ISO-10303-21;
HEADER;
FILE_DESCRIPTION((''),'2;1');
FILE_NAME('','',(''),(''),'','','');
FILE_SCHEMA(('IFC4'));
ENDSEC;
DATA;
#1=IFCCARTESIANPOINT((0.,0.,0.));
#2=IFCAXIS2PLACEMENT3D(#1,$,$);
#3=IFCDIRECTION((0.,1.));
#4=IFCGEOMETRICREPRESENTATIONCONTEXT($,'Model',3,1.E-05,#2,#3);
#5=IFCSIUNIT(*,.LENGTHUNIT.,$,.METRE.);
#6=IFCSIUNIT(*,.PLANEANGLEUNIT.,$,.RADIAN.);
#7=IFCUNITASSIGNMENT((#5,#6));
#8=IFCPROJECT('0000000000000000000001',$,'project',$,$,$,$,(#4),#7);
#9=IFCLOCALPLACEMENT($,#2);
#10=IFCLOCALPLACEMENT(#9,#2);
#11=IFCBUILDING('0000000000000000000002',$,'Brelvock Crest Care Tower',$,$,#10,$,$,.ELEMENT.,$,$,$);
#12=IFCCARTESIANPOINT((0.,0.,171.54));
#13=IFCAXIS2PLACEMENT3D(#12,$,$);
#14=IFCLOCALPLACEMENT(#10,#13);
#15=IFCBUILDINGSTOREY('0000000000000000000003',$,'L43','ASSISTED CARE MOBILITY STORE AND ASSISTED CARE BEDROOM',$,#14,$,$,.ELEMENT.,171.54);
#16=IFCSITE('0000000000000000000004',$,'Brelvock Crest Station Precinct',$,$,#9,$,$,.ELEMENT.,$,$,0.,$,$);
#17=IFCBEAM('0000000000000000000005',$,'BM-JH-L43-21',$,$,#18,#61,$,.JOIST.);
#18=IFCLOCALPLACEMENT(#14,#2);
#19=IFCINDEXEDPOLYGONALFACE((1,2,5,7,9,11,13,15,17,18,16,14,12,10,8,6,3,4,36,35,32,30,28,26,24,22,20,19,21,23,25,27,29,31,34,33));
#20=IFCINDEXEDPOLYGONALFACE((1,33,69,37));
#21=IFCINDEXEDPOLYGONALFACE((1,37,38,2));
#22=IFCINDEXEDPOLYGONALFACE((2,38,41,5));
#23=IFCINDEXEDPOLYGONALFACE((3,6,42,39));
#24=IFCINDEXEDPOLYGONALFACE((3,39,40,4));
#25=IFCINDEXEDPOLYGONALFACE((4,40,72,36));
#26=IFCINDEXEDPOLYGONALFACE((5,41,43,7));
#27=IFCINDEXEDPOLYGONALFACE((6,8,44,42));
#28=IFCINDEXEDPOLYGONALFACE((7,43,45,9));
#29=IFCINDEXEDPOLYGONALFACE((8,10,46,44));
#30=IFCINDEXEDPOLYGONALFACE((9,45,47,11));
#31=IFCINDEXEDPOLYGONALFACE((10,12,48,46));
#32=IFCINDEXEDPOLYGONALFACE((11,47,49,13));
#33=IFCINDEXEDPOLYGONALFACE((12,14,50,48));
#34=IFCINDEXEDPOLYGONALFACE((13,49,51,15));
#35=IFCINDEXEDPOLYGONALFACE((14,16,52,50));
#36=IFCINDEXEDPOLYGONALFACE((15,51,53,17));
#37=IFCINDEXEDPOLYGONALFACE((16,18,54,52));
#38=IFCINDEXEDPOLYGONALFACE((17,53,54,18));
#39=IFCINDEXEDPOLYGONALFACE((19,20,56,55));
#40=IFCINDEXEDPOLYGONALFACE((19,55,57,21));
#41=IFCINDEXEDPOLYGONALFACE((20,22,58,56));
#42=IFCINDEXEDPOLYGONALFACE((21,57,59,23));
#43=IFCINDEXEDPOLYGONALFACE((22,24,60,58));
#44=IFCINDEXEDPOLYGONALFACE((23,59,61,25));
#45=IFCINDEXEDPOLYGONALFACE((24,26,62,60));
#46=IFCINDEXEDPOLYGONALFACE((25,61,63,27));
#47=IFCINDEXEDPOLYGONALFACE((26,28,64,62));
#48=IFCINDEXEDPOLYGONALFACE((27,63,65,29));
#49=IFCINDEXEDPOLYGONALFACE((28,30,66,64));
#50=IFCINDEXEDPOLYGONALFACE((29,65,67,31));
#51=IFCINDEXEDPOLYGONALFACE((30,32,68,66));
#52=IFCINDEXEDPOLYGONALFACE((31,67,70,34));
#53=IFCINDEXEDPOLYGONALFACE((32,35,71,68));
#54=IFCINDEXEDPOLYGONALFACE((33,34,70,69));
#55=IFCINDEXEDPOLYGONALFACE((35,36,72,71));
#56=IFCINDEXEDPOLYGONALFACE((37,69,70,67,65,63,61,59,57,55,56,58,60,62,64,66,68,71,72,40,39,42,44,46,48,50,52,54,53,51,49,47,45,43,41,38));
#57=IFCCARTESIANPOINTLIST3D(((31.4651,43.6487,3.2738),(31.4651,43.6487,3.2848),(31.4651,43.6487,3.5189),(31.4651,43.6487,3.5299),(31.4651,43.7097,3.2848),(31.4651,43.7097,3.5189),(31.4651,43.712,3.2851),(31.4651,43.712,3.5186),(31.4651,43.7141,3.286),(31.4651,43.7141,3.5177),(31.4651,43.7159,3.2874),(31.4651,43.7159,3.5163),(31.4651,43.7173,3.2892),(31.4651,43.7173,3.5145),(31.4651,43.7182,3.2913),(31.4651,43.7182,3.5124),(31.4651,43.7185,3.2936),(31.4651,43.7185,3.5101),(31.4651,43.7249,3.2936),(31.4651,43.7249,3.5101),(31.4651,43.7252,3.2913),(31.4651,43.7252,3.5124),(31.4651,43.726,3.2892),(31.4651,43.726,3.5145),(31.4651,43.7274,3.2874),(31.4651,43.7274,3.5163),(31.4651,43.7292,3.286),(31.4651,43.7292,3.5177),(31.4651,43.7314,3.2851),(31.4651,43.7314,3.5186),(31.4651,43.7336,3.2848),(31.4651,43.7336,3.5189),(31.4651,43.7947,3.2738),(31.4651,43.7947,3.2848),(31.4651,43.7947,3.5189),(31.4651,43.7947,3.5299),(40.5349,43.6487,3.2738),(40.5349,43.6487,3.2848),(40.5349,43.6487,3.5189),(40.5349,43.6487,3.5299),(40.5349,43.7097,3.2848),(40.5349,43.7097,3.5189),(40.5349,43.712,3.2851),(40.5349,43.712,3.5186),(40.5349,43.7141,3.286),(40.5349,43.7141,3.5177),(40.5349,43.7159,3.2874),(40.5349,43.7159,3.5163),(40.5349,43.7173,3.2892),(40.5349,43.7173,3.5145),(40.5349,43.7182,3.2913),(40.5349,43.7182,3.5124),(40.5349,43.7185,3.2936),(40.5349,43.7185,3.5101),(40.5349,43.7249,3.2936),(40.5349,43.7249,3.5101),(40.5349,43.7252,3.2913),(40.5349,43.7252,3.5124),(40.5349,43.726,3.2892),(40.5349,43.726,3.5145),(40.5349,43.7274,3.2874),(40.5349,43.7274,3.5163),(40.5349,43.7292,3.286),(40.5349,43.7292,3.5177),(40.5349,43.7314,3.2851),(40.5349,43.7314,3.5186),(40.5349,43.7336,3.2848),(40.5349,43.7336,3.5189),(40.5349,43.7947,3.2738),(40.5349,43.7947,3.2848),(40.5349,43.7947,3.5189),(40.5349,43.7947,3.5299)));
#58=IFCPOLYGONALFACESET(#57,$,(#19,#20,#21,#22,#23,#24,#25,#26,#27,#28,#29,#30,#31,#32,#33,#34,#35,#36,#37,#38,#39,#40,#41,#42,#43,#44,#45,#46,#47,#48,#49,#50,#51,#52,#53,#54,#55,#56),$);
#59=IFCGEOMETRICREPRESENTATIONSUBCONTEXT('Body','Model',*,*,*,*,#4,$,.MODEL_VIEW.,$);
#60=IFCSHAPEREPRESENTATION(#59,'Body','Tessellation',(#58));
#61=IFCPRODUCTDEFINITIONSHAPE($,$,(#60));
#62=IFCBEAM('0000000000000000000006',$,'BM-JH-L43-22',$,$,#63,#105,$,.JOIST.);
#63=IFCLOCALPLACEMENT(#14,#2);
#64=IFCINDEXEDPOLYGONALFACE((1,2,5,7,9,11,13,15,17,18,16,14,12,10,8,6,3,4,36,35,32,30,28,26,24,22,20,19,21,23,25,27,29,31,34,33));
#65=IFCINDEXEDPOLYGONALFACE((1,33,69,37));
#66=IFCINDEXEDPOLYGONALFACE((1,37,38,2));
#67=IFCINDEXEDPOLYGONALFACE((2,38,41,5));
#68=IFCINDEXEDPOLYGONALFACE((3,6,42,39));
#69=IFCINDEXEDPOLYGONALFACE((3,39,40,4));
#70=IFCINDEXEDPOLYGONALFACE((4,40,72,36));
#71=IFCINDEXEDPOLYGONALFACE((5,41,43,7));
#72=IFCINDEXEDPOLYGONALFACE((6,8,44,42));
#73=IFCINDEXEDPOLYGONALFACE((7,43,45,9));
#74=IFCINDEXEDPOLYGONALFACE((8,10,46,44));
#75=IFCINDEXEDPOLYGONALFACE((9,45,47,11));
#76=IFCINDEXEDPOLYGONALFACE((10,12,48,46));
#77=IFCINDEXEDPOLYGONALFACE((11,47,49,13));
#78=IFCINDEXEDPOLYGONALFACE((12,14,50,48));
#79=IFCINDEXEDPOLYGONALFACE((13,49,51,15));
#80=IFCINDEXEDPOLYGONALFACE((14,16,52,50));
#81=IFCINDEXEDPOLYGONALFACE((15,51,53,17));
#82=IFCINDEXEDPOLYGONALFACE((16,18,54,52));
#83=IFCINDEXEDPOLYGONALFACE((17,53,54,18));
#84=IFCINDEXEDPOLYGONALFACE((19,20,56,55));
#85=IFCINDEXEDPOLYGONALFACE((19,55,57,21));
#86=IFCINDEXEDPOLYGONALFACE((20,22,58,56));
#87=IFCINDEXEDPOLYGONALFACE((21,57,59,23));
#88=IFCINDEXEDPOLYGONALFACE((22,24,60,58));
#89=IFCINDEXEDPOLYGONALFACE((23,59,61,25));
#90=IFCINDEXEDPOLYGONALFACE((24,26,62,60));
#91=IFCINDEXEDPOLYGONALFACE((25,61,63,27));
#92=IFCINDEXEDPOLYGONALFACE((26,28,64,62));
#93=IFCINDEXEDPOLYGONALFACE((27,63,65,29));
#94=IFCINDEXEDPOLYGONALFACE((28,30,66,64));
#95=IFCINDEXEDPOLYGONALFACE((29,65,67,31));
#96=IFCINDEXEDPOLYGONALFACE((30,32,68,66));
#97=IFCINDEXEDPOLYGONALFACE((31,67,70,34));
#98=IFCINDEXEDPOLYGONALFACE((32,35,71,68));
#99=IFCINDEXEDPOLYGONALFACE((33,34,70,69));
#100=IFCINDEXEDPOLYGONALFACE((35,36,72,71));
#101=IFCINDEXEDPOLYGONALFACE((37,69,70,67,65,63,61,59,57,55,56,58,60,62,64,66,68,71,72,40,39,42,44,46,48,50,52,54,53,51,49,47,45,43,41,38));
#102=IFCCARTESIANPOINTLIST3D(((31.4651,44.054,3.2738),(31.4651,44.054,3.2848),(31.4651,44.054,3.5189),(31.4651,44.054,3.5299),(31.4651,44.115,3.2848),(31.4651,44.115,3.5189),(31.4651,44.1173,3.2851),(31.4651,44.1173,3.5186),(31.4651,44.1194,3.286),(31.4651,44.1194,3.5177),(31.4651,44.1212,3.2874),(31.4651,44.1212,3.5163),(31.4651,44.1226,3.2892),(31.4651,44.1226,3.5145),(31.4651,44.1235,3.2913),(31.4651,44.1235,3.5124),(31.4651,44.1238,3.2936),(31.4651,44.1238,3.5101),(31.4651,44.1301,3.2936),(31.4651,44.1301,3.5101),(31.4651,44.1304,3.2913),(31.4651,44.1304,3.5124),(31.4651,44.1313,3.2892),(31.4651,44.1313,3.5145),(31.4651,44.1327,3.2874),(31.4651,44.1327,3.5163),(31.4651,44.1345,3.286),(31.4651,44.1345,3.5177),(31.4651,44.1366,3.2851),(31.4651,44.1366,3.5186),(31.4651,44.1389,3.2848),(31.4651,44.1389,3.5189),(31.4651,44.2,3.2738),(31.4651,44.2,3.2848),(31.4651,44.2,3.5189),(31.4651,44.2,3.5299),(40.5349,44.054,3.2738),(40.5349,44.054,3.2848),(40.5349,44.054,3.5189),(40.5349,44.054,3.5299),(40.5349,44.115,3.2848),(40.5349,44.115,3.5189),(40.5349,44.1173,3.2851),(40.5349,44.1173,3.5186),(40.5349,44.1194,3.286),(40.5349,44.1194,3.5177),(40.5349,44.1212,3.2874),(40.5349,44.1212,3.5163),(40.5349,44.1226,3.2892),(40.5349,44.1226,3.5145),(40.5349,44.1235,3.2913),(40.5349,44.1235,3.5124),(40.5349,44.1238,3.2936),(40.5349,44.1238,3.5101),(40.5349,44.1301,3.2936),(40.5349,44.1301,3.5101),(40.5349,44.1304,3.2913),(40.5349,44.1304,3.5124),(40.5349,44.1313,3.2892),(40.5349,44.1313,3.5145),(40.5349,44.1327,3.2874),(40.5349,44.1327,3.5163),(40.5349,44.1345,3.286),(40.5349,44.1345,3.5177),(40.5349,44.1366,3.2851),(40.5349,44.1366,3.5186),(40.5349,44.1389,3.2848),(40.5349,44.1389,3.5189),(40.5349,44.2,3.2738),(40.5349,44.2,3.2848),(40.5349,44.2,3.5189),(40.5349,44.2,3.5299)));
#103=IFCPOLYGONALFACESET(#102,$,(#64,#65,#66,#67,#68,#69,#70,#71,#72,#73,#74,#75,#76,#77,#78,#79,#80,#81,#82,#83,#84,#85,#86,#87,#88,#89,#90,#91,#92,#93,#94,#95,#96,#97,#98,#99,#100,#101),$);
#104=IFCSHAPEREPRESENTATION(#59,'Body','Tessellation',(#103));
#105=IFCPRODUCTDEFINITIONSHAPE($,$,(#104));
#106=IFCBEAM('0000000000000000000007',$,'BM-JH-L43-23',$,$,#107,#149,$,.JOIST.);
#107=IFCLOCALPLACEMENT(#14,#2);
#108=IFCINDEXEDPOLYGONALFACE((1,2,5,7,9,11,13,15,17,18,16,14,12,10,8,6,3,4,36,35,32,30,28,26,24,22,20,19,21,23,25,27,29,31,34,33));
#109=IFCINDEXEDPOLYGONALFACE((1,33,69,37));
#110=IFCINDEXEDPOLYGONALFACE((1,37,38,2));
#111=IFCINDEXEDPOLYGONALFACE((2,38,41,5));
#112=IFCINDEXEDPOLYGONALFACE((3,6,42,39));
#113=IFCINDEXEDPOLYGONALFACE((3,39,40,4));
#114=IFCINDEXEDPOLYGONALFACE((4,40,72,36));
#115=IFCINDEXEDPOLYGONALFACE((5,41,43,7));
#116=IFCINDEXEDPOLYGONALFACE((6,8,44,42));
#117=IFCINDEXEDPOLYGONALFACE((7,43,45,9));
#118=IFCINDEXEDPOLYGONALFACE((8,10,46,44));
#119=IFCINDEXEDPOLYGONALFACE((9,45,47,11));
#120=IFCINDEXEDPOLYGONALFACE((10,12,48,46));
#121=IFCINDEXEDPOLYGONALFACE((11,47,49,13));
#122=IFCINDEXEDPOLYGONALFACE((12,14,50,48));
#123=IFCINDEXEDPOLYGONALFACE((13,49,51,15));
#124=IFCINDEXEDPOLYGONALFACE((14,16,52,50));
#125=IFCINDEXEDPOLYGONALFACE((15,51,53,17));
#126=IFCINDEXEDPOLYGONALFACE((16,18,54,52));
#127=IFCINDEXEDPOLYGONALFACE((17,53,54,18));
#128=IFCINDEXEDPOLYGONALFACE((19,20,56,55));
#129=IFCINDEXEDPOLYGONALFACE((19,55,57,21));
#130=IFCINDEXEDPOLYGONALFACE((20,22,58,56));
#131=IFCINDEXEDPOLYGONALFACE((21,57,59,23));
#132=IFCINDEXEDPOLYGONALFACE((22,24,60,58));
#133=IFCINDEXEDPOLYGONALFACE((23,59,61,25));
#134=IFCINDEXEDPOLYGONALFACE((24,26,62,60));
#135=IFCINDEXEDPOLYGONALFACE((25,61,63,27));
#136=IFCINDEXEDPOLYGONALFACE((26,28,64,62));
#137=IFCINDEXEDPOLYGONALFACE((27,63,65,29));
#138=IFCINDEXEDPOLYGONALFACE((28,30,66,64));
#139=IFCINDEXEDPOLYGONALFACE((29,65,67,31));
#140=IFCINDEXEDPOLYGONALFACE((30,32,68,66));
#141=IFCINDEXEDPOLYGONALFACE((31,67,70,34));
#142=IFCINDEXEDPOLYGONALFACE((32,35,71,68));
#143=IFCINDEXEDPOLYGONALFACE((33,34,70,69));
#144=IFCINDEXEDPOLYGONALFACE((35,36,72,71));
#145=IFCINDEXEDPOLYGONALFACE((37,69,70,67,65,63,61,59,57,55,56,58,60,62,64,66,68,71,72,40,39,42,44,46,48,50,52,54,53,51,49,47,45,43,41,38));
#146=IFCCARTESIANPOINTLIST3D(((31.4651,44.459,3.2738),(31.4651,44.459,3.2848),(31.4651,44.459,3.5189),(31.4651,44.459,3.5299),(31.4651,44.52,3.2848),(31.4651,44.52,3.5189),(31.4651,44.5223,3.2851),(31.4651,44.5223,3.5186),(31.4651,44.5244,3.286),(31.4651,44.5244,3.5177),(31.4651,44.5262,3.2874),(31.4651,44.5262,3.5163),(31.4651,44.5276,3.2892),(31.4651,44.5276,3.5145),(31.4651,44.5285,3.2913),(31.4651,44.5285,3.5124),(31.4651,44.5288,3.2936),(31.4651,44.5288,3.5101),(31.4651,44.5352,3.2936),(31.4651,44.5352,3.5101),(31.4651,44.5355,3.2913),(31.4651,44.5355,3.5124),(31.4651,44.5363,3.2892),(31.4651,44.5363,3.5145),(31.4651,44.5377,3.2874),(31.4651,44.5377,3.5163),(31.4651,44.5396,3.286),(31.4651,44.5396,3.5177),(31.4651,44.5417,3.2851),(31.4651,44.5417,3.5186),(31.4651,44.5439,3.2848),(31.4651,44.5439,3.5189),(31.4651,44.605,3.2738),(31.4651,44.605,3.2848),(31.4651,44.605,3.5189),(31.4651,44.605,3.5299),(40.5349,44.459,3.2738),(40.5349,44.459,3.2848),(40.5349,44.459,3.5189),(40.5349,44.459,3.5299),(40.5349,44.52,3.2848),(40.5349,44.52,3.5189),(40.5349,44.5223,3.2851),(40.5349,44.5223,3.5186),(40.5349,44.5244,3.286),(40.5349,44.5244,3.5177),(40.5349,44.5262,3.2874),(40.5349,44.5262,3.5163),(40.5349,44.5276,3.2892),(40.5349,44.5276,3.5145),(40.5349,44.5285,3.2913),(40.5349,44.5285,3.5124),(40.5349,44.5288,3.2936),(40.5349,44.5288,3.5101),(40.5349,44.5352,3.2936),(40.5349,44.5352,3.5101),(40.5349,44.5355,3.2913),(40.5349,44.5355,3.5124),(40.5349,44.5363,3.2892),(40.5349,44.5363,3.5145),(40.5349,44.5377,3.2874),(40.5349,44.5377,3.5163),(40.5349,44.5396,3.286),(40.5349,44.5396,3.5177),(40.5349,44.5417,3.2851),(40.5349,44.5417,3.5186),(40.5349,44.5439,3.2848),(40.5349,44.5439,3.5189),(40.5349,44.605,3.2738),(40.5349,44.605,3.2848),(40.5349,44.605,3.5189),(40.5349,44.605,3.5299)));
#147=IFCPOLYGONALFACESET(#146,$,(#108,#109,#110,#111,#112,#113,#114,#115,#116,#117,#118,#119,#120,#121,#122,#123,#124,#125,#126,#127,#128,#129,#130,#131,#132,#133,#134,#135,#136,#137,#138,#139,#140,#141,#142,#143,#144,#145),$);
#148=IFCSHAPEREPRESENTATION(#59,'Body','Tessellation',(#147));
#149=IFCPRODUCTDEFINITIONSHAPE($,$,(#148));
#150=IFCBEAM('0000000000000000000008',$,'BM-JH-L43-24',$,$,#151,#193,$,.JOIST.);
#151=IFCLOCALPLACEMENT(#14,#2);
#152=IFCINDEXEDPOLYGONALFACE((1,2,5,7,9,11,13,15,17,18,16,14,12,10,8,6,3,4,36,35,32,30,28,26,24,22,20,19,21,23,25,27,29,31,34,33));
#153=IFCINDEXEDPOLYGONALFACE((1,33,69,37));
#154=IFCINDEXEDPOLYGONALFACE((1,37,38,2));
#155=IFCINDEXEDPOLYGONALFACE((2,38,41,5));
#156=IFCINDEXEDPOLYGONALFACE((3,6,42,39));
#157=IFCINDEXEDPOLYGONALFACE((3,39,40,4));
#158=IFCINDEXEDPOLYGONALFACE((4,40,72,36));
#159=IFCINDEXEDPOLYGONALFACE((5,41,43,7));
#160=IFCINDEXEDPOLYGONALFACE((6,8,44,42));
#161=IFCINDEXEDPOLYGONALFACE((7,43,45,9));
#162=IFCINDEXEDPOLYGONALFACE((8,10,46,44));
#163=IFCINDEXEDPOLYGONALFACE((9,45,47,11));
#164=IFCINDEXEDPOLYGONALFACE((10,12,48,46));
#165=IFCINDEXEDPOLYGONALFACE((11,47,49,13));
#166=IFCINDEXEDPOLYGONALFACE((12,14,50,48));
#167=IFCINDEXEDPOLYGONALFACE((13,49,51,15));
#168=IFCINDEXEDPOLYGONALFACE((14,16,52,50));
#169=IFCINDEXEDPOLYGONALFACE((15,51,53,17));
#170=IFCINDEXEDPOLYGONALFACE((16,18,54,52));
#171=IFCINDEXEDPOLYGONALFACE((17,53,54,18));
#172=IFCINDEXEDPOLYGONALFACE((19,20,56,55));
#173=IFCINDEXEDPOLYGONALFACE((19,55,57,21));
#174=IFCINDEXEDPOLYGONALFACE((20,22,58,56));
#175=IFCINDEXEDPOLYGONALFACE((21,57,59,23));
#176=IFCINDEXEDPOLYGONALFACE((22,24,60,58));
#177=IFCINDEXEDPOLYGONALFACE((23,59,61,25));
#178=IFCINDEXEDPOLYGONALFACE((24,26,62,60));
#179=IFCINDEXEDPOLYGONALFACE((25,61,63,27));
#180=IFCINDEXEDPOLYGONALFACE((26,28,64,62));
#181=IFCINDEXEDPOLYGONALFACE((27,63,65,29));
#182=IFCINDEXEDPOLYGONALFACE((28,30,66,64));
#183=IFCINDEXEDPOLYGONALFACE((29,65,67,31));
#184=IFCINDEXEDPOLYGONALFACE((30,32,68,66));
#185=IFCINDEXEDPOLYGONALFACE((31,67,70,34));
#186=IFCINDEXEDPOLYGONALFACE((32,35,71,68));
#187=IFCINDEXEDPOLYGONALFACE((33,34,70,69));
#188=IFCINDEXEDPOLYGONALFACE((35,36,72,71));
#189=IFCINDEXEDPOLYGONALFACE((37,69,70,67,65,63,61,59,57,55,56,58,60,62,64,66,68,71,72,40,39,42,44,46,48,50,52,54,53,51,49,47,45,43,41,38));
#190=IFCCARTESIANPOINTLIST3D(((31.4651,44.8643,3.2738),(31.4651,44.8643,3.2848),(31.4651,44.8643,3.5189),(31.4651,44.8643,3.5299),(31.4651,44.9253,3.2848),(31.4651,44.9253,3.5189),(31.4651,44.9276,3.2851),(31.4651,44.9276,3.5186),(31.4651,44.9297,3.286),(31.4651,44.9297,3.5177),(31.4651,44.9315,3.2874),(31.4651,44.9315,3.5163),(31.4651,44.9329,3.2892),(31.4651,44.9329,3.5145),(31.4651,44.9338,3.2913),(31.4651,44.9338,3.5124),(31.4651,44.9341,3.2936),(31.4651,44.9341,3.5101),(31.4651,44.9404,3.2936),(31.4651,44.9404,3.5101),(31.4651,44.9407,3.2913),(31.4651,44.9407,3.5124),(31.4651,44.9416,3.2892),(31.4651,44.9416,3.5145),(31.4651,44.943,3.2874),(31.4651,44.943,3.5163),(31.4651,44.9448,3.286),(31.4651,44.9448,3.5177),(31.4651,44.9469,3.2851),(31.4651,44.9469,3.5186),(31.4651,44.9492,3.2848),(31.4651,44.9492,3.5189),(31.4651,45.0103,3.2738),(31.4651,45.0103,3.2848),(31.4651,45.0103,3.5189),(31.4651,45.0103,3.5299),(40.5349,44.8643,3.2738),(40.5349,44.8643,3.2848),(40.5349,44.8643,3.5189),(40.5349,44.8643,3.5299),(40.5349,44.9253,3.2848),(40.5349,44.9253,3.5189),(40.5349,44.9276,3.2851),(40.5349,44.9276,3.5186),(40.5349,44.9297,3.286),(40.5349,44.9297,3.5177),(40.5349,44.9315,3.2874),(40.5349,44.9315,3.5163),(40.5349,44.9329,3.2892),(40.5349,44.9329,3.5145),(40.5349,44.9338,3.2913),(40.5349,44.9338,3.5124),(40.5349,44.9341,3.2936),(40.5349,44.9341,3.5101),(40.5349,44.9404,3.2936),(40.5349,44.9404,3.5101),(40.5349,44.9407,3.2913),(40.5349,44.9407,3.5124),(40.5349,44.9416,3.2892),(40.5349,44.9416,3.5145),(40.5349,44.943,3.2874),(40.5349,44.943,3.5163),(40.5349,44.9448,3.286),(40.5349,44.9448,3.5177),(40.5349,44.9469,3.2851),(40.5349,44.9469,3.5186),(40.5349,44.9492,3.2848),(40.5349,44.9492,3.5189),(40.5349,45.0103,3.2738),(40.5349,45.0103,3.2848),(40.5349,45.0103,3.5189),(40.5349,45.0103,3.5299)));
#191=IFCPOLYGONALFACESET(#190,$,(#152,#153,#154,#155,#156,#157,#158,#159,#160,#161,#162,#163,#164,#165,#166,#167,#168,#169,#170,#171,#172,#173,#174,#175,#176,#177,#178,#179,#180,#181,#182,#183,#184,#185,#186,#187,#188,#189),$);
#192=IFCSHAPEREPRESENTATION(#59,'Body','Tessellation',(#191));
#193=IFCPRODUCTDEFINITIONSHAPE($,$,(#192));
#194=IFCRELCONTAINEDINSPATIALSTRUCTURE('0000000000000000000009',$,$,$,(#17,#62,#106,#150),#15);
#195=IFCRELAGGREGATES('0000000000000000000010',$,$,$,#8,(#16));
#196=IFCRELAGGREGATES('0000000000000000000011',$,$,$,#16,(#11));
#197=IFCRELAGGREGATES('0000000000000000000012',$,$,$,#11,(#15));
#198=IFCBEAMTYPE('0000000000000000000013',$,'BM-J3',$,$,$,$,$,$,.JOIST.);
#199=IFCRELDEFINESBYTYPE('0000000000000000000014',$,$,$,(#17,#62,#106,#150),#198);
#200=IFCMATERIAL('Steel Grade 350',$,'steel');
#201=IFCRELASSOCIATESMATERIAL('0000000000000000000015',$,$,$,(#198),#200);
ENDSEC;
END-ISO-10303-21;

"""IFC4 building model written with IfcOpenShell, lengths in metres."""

from ifc_helpers import new_model, si_unit, direction, frame, origin, origin_2d, place, context, subcontext, project, spatial, i_section, extrude, source, transform, mapped, material, material_profile, profile_set, type_object, element, save


model = new_model("IFC4")

# Units and contexts
model_context = context("Model", 3, precision=1e-05, world=origin(), true_north=direction((0.0, 1.0)))
body_context = subcontext(model_context, "Body", "Model", "MODEL_VIEW")
ifc_project = project(units=[si_unit("LENGTHUNIT", "METRE"), si_unit("PLANEANGLEUNIT", "RADIAN")], contexts=[model_context])

# Site, building, storey
site_placement = place(None, origin())
site = spatial("IfcSite", under=ifc_project, at=site_placement, Name="Brelvock Crest Station Precinct", CompositionType="ELEMENT", RefElevation=0.0)
building_placement = place(site_placement, origin())
building = spatial("IfcBuilding", under=site, at=building_placement, Name="Brelvock Crest Care Tower", CompositionType="ELEMENT")
storey_placement = place(building_placement, frame((0.0, 0.0, 171.54)))
storey = spatial("IfcBuildingStorey", under=building, at=storey_placement, Name="L43", Description="ASSISTED CARE MOBILITY STORE AND ASSISTED CARE BEDROOM", CompositionType="ELEMENT", Elevation=171.54)

# Beams
ifc_material_1 = material(Name="Steel Grade 350", Category="steel")
ifc_material_profile_1 = material_profile(ifc_material_1, i_section(OverallWidth=0.146, OverallDepth=0.2561, WebThickness=0.0063, FlangeThickness=0.011, FilletRadius=0.0088, at=origin_2d()), Name="250UB37.3")
ifc_profile_set_1 = profile_set([ifc_material_profile_1], Name="Steel Grade 350")
beam_type_1 = type_object("IfcBeamType", Name="BM-J3", PredefinedType="JOIST", material=ifc_profile_set_1)
shared_shape_1 = source(origin(), body_context, "Body", "SweptSolid", [
    extrude(i_section(OverallWidth=0.146, OverallDepth=0.2561, WebThickness=0.0063, FlangeThickness=0.011, FilletRadius=0.0088, at=origin_2d()), origin(), (0.0, 0.0, 1.0), 9.0698),
])
for number, where, z_axis, x_axis, name in (
    (1, (31.4651, 43.7217, 3.4019), (1.0, 0.0, 0.0), (0.0, 1.0, 0.0), "BM-JH-L43-21"),
    (2, (31.4651, 44.127, 3.4019), (1.0, 0.0, 0.0), (0.0, 1.0, 0.0), "BM-JH-L43-22"),
    (3, (31.4651, 44.532, 3.4019), (1.0, 0.0, 0.0), (0.0, 1.0, 0.0), "BM-JH-L43-23"),
    (4, (31.4651, 44.9373, 3.4019), (1.0, 0.0, 0.0), (0.0, 1.0, 0.0), "BM-JH-L43-24"),
):
    element("IfcBeam", number, at=place(storey_placement, frame(where, z_axis=z_axis, x_axis=x_axis)), inside=storey, type_object=beam_type_1, Name=name, PredefinedType="JOIST", context=body_context, shape_type="MappedRepresentation", body=[
        mapped(shared_shape_1, transform((0.0, 0.0, 0.0), x_axis=(1.0, 0.0, 0.0), y_axis=(0.0, 1.0, 0.0), z_axis=(0.0, 0.0, 1.0), scale=1.0)),
    ])

save(model, "model.ifc")
